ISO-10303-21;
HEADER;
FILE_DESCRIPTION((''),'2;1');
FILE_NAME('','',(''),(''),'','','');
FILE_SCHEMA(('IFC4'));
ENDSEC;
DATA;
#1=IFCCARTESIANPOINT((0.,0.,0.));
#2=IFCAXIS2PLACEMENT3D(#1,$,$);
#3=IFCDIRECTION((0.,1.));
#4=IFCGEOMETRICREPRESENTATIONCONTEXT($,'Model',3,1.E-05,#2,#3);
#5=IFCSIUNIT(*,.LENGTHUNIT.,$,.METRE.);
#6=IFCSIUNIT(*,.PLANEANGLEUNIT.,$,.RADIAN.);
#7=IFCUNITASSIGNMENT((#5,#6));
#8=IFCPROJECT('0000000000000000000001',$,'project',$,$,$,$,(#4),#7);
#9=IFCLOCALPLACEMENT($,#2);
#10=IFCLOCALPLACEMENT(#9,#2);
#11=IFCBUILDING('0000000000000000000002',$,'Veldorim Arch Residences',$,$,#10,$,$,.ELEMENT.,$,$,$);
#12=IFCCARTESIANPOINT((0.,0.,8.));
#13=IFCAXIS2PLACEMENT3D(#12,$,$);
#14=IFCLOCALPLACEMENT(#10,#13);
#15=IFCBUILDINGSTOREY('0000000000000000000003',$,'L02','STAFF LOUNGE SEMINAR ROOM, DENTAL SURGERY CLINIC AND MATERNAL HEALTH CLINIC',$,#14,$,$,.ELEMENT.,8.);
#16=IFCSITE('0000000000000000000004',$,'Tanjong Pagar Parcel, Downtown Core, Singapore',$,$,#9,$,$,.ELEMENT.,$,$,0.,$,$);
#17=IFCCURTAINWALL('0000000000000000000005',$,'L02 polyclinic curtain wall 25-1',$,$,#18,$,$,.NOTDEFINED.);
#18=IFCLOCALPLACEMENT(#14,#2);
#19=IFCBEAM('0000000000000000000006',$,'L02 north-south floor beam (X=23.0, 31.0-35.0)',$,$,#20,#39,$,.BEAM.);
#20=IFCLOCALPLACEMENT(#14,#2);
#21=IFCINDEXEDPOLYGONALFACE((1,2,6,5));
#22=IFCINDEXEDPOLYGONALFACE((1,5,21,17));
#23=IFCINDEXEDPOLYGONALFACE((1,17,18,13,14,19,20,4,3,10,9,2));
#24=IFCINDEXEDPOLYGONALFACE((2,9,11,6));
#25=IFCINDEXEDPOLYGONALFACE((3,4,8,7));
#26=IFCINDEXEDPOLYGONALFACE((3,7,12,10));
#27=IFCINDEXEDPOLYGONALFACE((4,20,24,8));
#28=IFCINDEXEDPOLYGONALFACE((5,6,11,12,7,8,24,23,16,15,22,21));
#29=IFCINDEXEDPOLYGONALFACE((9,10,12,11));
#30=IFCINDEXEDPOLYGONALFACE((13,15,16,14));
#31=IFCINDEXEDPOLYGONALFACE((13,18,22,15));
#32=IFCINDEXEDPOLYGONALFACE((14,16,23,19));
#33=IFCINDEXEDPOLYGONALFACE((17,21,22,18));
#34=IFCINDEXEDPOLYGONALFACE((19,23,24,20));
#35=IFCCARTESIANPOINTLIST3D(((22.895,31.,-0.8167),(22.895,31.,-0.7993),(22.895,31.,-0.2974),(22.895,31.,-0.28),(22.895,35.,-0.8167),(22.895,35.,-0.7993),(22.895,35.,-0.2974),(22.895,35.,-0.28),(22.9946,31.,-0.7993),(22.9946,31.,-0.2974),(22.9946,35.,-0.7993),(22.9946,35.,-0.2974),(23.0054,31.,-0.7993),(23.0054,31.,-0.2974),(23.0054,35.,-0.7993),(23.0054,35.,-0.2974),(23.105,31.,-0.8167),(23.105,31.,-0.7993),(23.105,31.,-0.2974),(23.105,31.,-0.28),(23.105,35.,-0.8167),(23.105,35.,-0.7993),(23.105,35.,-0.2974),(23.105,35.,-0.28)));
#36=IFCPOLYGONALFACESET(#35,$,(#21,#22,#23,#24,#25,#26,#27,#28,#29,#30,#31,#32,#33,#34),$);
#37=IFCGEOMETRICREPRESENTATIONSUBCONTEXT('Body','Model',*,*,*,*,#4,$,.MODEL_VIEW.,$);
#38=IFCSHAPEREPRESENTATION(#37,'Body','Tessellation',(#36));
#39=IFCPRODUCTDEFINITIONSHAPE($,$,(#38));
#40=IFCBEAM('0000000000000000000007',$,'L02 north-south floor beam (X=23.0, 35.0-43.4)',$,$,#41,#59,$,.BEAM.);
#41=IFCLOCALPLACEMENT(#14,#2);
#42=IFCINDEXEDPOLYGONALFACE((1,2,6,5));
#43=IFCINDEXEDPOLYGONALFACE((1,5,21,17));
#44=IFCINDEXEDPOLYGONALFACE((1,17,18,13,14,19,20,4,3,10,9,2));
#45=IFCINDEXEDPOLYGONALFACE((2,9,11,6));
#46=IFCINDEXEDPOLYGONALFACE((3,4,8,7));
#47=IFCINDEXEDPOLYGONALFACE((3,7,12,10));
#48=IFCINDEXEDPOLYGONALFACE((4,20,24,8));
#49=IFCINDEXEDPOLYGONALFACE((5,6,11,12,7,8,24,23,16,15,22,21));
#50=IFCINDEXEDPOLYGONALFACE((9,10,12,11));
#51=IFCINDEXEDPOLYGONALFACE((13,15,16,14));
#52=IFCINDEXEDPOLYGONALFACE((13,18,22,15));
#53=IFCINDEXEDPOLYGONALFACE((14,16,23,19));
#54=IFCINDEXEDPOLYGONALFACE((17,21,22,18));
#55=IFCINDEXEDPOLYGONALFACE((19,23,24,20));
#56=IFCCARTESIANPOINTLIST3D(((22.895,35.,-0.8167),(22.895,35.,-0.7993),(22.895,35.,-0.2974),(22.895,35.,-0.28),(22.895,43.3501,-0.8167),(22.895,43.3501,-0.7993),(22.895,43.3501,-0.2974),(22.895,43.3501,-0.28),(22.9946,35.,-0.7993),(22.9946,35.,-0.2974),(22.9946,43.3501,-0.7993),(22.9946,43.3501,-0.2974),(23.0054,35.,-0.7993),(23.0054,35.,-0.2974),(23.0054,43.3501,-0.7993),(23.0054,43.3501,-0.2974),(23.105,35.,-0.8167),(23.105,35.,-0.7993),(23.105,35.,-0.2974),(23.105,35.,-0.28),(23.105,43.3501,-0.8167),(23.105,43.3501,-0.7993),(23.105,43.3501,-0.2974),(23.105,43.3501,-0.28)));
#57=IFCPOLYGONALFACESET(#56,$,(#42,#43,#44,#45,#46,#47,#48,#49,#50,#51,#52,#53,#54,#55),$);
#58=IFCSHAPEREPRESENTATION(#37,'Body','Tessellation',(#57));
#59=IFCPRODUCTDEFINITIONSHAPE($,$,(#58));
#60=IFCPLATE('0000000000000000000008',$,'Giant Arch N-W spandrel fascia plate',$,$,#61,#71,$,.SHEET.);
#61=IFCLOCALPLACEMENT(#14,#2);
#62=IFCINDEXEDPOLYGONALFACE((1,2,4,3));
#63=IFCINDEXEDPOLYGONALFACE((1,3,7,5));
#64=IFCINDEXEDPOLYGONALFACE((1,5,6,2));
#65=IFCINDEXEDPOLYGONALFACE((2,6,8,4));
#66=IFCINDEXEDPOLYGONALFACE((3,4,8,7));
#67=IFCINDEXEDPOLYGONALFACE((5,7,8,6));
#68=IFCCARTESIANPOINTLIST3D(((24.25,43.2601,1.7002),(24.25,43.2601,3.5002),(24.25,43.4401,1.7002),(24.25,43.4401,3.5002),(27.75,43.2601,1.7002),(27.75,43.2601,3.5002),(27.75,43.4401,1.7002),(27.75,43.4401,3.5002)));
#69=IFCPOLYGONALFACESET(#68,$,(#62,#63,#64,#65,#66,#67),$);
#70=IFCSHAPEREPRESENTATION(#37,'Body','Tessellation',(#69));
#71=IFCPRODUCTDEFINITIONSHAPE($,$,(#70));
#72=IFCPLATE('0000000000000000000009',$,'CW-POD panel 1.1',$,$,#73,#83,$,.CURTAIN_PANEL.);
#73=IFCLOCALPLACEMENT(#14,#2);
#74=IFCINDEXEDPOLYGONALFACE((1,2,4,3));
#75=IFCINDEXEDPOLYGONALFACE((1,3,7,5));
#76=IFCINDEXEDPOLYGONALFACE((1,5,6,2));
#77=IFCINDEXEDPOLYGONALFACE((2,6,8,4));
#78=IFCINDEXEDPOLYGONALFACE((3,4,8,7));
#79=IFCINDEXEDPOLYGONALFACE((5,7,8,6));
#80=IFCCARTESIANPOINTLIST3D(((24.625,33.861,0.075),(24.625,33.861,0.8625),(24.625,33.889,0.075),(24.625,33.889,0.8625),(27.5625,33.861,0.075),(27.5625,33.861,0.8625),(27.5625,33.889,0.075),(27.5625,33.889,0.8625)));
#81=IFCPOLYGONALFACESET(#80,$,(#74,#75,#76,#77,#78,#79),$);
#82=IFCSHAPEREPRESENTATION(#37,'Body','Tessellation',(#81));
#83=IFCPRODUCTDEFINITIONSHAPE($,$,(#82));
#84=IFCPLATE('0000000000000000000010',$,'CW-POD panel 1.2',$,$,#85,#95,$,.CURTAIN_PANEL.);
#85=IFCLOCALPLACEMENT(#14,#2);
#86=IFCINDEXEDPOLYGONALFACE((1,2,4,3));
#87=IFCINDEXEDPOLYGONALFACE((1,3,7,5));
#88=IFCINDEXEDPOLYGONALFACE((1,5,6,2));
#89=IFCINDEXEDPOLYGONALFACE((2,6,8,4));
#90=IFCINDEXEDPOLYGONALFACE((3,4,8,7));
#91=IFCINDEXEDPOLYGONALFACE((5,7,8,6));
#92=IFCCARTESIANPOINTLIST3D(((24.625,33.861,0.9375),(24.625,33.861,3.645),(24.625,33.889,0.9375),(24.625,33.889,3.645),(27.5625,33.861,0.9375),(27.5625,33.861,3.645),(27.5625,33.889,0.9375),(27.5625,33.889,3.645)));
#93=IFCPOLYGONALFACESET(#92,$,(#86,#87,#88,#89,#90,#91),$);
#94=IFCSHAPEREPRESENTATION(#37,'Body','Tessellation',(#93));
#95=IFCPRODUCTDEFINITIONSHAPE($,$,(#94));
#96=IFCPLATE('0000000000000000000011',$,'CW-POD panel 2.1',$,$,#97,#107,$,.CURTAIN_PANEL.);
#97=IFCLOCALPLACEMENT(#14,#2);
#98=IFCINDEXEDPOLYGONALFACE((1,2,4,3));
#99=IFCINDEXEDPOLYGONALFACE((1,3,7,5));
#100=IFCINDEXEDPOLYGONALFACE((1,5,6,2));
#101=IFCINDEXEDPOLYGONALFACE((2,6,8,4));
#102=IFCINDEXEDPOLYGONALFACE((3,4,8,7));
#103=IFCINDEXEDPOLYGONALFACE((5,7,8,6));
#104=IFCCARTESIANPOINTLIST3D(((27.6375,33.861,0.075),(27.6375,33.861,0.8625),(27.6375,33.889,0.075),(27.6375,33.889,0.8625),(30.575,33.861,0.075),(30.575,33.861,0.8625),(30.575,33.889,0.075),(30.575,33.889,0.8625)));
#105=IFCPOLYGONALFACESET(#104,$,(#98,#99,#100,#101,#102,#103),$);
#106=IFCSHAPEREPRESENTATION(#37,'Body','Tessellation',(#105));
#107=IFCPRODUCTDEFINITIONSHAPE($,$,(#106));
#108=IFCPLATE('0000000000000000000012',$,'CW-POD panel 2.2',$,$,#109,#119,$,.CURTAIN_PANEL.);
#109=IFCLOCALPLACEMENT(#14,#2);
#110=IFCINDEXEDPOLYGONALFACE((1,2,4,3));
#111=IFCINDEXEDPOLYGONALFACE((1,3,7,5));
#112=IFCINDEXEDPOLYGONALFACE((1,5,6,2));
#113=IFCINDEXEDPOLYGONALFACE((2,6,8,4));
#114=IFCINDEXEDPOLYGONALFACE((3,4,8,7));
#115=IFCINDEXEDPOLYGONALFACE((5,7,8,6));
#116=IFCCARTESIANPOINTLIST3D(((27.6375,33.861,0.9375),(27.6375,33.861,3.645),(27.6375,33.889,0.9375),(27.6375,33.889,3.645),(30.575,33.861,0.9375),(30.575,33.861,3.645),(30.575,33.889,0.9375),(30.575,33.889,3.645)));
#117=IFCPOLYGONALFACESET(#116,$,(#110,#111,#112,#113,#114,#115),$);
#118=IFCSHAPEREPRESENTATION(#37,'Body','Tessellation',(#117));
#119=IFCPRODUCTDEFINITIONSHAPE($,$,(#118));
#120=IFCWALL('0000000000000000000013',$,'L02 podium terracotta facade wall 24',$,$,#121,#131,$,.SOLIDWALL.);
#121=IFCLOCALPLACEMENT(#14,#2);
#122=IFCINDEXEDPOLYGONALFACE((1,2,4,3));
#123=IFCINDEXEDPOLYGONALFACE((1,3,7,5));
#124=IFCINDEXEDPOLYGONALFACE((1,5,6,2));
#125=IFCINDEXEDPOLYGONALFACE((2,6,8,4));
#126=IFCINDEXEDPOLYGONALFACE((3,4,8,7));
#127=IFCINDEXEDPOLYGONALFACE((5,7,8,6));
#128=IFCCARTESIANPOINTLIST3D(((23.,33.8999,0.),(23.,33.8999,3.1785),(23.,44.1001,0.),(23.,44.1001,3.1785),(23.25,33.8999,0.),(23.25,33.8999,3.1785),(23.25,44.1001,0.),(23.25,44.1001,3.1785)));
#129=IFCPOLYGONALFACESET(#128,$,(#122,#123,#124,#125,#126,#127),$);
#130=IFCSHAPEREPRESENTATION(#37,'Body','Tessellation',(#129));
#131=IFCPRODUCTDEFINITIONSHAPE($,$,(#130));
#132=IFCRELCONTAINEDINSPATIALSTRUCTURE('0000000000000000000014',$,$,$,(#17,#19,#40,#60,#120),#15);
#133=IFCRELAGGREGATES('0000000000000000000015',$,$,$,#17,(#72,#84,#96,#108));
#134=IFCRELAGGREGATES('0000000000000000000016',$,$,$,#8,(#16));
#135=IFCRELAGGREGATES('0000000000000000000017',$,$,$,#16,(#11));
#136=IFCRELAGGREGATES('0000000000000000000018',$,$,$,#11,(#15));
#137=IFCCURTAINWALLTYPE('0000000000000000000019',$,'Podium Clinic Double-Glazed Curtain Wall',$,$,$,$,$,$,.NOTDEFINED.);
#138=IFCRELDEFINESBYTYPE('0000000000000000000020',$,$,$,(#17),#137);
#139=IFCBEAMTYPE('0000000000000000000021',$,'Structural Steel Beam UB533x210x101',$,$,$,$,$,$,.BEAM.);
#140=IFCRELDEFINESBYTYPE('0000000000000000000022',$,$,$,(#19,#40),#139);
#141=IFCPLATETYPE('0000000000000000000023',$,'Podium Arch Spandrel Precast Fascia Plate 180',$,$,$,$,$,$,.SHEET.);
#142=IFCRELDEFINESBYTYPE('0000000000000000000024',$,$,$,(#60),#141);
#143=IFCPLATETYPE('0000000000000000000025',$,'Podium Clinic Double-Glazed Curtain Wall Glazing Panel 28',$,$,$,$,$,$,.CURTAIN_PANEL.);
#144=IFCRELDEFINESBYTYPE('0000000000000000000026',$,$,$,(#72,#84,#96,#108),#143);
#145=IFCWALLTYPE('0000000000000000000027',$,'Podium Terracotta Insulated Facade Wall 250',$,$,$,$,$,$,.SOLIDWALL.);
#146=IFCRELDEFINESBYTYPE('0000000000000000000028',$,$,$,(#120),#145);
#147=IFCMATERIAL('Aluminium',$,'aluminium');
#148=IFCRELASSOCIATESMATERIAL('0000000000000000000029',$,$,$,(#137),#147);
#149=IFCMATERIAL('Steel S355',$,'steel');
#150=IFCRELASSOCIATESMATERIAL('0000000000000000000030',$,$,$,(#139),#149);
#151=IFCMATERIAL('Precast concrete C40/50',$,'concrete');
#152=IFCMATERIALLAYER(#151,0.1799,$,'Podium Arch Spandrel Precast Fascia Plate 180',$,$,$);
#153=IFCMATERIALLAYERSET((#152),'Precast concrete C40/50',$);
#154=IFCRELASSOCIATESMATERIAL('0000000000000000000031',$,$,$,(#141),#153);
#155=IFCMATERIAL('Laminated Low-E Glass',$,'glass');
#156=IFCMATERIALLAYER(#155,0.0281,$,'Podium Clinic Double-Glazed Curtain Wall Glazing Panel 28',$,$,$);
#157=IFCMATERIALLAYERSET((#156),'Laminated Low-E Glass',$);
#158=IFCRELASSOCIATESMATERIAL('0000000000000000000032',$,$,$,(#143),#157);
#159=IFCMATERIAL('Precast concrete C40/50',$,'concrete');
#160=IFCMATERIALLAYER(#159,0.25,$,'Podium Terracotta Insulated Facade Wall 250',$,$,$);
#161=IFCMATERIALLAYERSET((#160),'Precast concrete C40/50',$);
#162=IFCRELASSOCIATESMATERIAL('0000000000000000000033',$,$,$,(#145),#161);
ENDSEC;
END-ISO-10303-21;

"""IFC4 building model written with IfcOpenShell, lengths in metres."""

from ifc_helpers import new_model, si_unit, direction, frame, frame_2d, origin, origin_2d, place, context, subcontext, project, spatial, rectangle, i_section, extrude, material, layer, layer_set, material_profile, profile_set, type_object, element, aggregate, save


model = new_model("IFC4")

# Units and contexts
model_context = context("Model", 3, precision=1e-05, world=origin(), true_north=direction((0.0, 1.0)))
body_context = subcontext(model_context, "Body", "Model", "MODEL_VIEW")
ifc_project = project(units=[si_unit("LENGTHUNIT", "METRE"), si_unit("PLANEANGLEUNIT", "RADIAN")], contexts=[model_context])

# Site, building, storey
site_placement = place(None, origin())
site = spatial("IfcSite", under=ifc_project, at=site_placement, Name="Tanjong Pagar Parcel, Downtown Core, Singapore", CompositionType="ELEMENT", RefElevation=0.0)
building_placement = place(site_placement, origin())
building = spatial("IfcBuilding", under=site, at=building_placement, Name="Veldorim Arch Residences", CompositionType="ELEMENT")
storey_placement = place(building_placement, frame((0.0, 0.0, 8.0)))
storey = spatial("IfcBuildingStorey", under=building, at=storey_placement, Name="L02", Description="STAFF LOUNGE SEMINAR ROOM, DENTAL SURGERY CLINIC AND MATERNAL HEALTH CLINIC", CompositionType="ELEMENT", Elevation=8.0)

# Curtain wall
ifc_material_1 = material(Name="Aluminium", Category="aluminium")
curtain_wall_type = type_object("IfcCurtainWallType", Name="Podium Clinic Double-Glazed Curtain Wall", PredefinedType="NOTDEFINED", material=ifc_material_1)
curtain_wall_placement = place(storey_placement, origin())
curtain_wall = element("IfcCurtainWall", 1, at=curtain_wall_placement, inside=storey, type_object=curtain_wall_type, Name="L02 polyclinic curtain wall 25-1", PredefinedType="NOTDEFINED")

# Beams
ifc_material_2 = material(Name="Steel S355", Category="steel")
ifc_material_profile_1 = material_profile(ifc_material_2, i_section(OverallWidth=0.21, OverallDepth=0.5366, WebThickness=0.0107, FlangeThickness=0.0173, at=origin_2d()), Name="UB533x210x101")
ifc_profile_set_1 = profile_set([ifc_material_profile_1], Name="Steel S355")
beam_type = type_object("IfcBeamType", Name="Structural Steel Beam UB533x210x101", PredefinedType="BEAM", material=ifc_profile_set_1)
beam_1_placement = place(storey_placement, frame((23.0, 31.0, -0.5483), z_axis=(0.0, 1.0, 0.0), x_axis=(-1.0, 0.0, 0.0)))
element("IfcBeam", 2, at=beam_1_placement, inside=storey, type_object=beam_type, Name="L02 north-south floor beam (X=23.0, 31.0-35.0)", PredefinedType="BEAM", context=body_context, shape_type="SweptSolid", body=[
    extrude(i_section(OverallWidth=0.21, OverallDepth=0.5366, WebThickness=0.0107, FlangeThickness=0.0173, at=origin_2d()), origin(), (0.0, 0.0, 1.0), 4.0),
])
beam_2_placement = place(storey_placement, frame((23.0, 35.0, -0.5483), z_axis=(0.0, 1.0, 0.0), x_axis=(-1.0, 0.0, 0.0)))
element("IfcBeam", 3, at=beam_2_placement, inside=storey, type_object=beam_type, Name="L02 north-south floor beam (X=23.0, 35.0-43.4)", PredefinedType="BEAM", context=body_context, shape_type="SweptSolid", body=[
    extrude(i_section(OverallWidth=0.21, OverallDepth=0.5366, WebThickness=0.0107, FlangeThickness=0.0173, at=origin_2d()), origin(), (0.0, 0.0, 1.0), 8.3501),
])

# Plates
ifc_material_3 = material(Name="Precast concrete C40/50", Category="concrete")
ifc_layer_1 = layer(ifc_material_3, 0.1799, Name="Podium Arch Spandrel Precast Fascia Plate 180")
ifc_layer_set_1 = layer_set([ifc_layer_1], Name="Precast concrete C40/50")
plate_type_1 = type_object("IfcPlateType", Name="Podium Arch Spandrel Precast Fascia Plate 180", PredefinedType="SHEET", material=ifc_layer_set_1)
plate_1_placement = place(storey_placement, frame((26.0, 43.3501, 1.7002), z_axis=(0.0, 0.0, 1.0), x_axis=(1.0, 0.0, 0.0)))
element("IfcPlate", 4, at=plate_1_placement, inside=storey, type_object=plate_type_1, Name="Giant Arch N-W spandrel fascia plate", PredefinedType="SHEET", context=body_context, shape_type="SweptSolid", body=[
    extrude(rectangle(XDim=3.5, YDim=0.1799, at=origin_2d()), origin(), (0.0, 0.0, 1.0), 1.8),
])
ifc_material_4 = material(Name="Laminated Low-E Glass", Category="glass")
ifc_layer_2 = layer(ifc_material_4, 0.0281, Name="Podium Clinic Double-Glazed Curtain Wall Glazing Panel 28")
ifc_layer_set_2 = layer_set([ifc_layer_2], Name="Laminated Low-E Glass")
plate_type_2 = type_object("IfcPlateType", Name="Podium Clinic Double-Glazed Curtain Wall Glazing Panel 28", PredefinedType="CURTAIN_PANEL", material=ifc_layer_set_2)
plate_2_placement = place(storey_placement, frame((26.0938, 33.875, 0.075), z_axis=(0.0, 0.0, 1.0), x_axis=(1.0, 0.0, 0.0)))
plate_2 = element("IfcPlate", 5, at=plate_2_placement, type_object=plate_type_2, Name="CW-POD panel 1.1", PredefinedType="CURTAIN_PANEL", context=body_context, shape_type="SweptSolid", body=[
    extrude(rectangle(XDim=2.9375, YDim=0.0281, at=origin_2d()), origin(), (0.0, 0.0, 1.0), 0.7876),
])
plate_3_placement = place(storey_placement, frame((26.0938, 33.875, 0.9375), z_axis=(0.0, 0.0, 1.0), x_axis=(1.0, 0.0, 0.0)))
plate_3 = element("IfcPlate", 6, at=plate_3_placement, type_object=plate_type_2, Name="CW-POD panel 1.2", PredefinedType="CURTAIN_PANEL", context=body_context, shape_type="SweptSolid", body=[
    extrude(rectangle(XDim=2.9375, YDim=0.0281, at=origin_2d()), origin(), (0.0, 0.0, 1.0), 2.7075),
])
plate_4_placement = place(storey_placement, frame((29.1062, 33.875, 0.075), z_axis=(0.0, 0.0, 1.0), x_axis=(1.0, 0.0, 0.0)))
plate_4 = element("IfcPlate", 7, at=plate_4_placement, type_object=plate_type_2, Name="CW-POD panel 2.1", PredefinedType="CURTAIN_PANEL", context=body_context, shape_type="SweptSolid", body=[
    extrude(rectangle(XDim=2.9375, YDim=0.0281, at=origin_2d()), origin(), (0.0, 0.0, 1.0), 0.7876),
])
plate_5_placement = place(storey_placement, frame((29.1062, 33.875, 0.9375), z_axis=(0.0, 0.0, 1.0), x_axis=(1.0, 0.0, 0.0)))
plate_5 = element("IfcPlate", 8, at=plate_5_placement, type_object=plate_type_2, Name="CW-POD panel 2.2", PredefinedType="CURTAIN_PANEL", context=body_context, shape_type="SweptSolid", body=[
    extrude(rectangle(XDim=2.9375, YDim=0.0281, at=origin_2d()), origin(), (0.0, 0.0, 1.0), 2.7075),
])
aggregate(curtain_wall, [plate_2, plate_3, plate_4, plate_5])

# Wall
ifc_material_5 = material(Name="Precast concrete C40/50", Category="concrete")
ifc_layer_3 = layer(ifc_material_5, 0.25, Name="Podium Terracotta Insulated Facade Wall 250")
ifc_layer_set_3 = layer_set([ifc_layer_3], Name="Precast concrete C40/50")
wall_type = type_object("IfcWallType", Name="Podium Terracotta Insulated Facade Wall 250", PredefinedType="SOLIDWALL", material=ifc_layer_set_3)
wall_placement = place(storey_placement, frame((23.125, 33.8999, 0.0), z_axis=(0.0, 0.0, 1.0), x_axis=(0.0, 1.0, 0.0)))
element("IfcWall", 9, at=wall_placement, inside=storey, type_object=wall_type, Name="L02 podium terracotta facade wall 24", PredefinedType="SOLIDWALL", context=body_context, shape_type="SweptSolid", body=[
    extrude(rectangle(XDim=10.2002, YDim=0.25, at=frame_2d((5.1001, 0.0))), origin(), (0.0, 0.0, 1.0), 3.1785),
])

save(model, "model.ifc")
